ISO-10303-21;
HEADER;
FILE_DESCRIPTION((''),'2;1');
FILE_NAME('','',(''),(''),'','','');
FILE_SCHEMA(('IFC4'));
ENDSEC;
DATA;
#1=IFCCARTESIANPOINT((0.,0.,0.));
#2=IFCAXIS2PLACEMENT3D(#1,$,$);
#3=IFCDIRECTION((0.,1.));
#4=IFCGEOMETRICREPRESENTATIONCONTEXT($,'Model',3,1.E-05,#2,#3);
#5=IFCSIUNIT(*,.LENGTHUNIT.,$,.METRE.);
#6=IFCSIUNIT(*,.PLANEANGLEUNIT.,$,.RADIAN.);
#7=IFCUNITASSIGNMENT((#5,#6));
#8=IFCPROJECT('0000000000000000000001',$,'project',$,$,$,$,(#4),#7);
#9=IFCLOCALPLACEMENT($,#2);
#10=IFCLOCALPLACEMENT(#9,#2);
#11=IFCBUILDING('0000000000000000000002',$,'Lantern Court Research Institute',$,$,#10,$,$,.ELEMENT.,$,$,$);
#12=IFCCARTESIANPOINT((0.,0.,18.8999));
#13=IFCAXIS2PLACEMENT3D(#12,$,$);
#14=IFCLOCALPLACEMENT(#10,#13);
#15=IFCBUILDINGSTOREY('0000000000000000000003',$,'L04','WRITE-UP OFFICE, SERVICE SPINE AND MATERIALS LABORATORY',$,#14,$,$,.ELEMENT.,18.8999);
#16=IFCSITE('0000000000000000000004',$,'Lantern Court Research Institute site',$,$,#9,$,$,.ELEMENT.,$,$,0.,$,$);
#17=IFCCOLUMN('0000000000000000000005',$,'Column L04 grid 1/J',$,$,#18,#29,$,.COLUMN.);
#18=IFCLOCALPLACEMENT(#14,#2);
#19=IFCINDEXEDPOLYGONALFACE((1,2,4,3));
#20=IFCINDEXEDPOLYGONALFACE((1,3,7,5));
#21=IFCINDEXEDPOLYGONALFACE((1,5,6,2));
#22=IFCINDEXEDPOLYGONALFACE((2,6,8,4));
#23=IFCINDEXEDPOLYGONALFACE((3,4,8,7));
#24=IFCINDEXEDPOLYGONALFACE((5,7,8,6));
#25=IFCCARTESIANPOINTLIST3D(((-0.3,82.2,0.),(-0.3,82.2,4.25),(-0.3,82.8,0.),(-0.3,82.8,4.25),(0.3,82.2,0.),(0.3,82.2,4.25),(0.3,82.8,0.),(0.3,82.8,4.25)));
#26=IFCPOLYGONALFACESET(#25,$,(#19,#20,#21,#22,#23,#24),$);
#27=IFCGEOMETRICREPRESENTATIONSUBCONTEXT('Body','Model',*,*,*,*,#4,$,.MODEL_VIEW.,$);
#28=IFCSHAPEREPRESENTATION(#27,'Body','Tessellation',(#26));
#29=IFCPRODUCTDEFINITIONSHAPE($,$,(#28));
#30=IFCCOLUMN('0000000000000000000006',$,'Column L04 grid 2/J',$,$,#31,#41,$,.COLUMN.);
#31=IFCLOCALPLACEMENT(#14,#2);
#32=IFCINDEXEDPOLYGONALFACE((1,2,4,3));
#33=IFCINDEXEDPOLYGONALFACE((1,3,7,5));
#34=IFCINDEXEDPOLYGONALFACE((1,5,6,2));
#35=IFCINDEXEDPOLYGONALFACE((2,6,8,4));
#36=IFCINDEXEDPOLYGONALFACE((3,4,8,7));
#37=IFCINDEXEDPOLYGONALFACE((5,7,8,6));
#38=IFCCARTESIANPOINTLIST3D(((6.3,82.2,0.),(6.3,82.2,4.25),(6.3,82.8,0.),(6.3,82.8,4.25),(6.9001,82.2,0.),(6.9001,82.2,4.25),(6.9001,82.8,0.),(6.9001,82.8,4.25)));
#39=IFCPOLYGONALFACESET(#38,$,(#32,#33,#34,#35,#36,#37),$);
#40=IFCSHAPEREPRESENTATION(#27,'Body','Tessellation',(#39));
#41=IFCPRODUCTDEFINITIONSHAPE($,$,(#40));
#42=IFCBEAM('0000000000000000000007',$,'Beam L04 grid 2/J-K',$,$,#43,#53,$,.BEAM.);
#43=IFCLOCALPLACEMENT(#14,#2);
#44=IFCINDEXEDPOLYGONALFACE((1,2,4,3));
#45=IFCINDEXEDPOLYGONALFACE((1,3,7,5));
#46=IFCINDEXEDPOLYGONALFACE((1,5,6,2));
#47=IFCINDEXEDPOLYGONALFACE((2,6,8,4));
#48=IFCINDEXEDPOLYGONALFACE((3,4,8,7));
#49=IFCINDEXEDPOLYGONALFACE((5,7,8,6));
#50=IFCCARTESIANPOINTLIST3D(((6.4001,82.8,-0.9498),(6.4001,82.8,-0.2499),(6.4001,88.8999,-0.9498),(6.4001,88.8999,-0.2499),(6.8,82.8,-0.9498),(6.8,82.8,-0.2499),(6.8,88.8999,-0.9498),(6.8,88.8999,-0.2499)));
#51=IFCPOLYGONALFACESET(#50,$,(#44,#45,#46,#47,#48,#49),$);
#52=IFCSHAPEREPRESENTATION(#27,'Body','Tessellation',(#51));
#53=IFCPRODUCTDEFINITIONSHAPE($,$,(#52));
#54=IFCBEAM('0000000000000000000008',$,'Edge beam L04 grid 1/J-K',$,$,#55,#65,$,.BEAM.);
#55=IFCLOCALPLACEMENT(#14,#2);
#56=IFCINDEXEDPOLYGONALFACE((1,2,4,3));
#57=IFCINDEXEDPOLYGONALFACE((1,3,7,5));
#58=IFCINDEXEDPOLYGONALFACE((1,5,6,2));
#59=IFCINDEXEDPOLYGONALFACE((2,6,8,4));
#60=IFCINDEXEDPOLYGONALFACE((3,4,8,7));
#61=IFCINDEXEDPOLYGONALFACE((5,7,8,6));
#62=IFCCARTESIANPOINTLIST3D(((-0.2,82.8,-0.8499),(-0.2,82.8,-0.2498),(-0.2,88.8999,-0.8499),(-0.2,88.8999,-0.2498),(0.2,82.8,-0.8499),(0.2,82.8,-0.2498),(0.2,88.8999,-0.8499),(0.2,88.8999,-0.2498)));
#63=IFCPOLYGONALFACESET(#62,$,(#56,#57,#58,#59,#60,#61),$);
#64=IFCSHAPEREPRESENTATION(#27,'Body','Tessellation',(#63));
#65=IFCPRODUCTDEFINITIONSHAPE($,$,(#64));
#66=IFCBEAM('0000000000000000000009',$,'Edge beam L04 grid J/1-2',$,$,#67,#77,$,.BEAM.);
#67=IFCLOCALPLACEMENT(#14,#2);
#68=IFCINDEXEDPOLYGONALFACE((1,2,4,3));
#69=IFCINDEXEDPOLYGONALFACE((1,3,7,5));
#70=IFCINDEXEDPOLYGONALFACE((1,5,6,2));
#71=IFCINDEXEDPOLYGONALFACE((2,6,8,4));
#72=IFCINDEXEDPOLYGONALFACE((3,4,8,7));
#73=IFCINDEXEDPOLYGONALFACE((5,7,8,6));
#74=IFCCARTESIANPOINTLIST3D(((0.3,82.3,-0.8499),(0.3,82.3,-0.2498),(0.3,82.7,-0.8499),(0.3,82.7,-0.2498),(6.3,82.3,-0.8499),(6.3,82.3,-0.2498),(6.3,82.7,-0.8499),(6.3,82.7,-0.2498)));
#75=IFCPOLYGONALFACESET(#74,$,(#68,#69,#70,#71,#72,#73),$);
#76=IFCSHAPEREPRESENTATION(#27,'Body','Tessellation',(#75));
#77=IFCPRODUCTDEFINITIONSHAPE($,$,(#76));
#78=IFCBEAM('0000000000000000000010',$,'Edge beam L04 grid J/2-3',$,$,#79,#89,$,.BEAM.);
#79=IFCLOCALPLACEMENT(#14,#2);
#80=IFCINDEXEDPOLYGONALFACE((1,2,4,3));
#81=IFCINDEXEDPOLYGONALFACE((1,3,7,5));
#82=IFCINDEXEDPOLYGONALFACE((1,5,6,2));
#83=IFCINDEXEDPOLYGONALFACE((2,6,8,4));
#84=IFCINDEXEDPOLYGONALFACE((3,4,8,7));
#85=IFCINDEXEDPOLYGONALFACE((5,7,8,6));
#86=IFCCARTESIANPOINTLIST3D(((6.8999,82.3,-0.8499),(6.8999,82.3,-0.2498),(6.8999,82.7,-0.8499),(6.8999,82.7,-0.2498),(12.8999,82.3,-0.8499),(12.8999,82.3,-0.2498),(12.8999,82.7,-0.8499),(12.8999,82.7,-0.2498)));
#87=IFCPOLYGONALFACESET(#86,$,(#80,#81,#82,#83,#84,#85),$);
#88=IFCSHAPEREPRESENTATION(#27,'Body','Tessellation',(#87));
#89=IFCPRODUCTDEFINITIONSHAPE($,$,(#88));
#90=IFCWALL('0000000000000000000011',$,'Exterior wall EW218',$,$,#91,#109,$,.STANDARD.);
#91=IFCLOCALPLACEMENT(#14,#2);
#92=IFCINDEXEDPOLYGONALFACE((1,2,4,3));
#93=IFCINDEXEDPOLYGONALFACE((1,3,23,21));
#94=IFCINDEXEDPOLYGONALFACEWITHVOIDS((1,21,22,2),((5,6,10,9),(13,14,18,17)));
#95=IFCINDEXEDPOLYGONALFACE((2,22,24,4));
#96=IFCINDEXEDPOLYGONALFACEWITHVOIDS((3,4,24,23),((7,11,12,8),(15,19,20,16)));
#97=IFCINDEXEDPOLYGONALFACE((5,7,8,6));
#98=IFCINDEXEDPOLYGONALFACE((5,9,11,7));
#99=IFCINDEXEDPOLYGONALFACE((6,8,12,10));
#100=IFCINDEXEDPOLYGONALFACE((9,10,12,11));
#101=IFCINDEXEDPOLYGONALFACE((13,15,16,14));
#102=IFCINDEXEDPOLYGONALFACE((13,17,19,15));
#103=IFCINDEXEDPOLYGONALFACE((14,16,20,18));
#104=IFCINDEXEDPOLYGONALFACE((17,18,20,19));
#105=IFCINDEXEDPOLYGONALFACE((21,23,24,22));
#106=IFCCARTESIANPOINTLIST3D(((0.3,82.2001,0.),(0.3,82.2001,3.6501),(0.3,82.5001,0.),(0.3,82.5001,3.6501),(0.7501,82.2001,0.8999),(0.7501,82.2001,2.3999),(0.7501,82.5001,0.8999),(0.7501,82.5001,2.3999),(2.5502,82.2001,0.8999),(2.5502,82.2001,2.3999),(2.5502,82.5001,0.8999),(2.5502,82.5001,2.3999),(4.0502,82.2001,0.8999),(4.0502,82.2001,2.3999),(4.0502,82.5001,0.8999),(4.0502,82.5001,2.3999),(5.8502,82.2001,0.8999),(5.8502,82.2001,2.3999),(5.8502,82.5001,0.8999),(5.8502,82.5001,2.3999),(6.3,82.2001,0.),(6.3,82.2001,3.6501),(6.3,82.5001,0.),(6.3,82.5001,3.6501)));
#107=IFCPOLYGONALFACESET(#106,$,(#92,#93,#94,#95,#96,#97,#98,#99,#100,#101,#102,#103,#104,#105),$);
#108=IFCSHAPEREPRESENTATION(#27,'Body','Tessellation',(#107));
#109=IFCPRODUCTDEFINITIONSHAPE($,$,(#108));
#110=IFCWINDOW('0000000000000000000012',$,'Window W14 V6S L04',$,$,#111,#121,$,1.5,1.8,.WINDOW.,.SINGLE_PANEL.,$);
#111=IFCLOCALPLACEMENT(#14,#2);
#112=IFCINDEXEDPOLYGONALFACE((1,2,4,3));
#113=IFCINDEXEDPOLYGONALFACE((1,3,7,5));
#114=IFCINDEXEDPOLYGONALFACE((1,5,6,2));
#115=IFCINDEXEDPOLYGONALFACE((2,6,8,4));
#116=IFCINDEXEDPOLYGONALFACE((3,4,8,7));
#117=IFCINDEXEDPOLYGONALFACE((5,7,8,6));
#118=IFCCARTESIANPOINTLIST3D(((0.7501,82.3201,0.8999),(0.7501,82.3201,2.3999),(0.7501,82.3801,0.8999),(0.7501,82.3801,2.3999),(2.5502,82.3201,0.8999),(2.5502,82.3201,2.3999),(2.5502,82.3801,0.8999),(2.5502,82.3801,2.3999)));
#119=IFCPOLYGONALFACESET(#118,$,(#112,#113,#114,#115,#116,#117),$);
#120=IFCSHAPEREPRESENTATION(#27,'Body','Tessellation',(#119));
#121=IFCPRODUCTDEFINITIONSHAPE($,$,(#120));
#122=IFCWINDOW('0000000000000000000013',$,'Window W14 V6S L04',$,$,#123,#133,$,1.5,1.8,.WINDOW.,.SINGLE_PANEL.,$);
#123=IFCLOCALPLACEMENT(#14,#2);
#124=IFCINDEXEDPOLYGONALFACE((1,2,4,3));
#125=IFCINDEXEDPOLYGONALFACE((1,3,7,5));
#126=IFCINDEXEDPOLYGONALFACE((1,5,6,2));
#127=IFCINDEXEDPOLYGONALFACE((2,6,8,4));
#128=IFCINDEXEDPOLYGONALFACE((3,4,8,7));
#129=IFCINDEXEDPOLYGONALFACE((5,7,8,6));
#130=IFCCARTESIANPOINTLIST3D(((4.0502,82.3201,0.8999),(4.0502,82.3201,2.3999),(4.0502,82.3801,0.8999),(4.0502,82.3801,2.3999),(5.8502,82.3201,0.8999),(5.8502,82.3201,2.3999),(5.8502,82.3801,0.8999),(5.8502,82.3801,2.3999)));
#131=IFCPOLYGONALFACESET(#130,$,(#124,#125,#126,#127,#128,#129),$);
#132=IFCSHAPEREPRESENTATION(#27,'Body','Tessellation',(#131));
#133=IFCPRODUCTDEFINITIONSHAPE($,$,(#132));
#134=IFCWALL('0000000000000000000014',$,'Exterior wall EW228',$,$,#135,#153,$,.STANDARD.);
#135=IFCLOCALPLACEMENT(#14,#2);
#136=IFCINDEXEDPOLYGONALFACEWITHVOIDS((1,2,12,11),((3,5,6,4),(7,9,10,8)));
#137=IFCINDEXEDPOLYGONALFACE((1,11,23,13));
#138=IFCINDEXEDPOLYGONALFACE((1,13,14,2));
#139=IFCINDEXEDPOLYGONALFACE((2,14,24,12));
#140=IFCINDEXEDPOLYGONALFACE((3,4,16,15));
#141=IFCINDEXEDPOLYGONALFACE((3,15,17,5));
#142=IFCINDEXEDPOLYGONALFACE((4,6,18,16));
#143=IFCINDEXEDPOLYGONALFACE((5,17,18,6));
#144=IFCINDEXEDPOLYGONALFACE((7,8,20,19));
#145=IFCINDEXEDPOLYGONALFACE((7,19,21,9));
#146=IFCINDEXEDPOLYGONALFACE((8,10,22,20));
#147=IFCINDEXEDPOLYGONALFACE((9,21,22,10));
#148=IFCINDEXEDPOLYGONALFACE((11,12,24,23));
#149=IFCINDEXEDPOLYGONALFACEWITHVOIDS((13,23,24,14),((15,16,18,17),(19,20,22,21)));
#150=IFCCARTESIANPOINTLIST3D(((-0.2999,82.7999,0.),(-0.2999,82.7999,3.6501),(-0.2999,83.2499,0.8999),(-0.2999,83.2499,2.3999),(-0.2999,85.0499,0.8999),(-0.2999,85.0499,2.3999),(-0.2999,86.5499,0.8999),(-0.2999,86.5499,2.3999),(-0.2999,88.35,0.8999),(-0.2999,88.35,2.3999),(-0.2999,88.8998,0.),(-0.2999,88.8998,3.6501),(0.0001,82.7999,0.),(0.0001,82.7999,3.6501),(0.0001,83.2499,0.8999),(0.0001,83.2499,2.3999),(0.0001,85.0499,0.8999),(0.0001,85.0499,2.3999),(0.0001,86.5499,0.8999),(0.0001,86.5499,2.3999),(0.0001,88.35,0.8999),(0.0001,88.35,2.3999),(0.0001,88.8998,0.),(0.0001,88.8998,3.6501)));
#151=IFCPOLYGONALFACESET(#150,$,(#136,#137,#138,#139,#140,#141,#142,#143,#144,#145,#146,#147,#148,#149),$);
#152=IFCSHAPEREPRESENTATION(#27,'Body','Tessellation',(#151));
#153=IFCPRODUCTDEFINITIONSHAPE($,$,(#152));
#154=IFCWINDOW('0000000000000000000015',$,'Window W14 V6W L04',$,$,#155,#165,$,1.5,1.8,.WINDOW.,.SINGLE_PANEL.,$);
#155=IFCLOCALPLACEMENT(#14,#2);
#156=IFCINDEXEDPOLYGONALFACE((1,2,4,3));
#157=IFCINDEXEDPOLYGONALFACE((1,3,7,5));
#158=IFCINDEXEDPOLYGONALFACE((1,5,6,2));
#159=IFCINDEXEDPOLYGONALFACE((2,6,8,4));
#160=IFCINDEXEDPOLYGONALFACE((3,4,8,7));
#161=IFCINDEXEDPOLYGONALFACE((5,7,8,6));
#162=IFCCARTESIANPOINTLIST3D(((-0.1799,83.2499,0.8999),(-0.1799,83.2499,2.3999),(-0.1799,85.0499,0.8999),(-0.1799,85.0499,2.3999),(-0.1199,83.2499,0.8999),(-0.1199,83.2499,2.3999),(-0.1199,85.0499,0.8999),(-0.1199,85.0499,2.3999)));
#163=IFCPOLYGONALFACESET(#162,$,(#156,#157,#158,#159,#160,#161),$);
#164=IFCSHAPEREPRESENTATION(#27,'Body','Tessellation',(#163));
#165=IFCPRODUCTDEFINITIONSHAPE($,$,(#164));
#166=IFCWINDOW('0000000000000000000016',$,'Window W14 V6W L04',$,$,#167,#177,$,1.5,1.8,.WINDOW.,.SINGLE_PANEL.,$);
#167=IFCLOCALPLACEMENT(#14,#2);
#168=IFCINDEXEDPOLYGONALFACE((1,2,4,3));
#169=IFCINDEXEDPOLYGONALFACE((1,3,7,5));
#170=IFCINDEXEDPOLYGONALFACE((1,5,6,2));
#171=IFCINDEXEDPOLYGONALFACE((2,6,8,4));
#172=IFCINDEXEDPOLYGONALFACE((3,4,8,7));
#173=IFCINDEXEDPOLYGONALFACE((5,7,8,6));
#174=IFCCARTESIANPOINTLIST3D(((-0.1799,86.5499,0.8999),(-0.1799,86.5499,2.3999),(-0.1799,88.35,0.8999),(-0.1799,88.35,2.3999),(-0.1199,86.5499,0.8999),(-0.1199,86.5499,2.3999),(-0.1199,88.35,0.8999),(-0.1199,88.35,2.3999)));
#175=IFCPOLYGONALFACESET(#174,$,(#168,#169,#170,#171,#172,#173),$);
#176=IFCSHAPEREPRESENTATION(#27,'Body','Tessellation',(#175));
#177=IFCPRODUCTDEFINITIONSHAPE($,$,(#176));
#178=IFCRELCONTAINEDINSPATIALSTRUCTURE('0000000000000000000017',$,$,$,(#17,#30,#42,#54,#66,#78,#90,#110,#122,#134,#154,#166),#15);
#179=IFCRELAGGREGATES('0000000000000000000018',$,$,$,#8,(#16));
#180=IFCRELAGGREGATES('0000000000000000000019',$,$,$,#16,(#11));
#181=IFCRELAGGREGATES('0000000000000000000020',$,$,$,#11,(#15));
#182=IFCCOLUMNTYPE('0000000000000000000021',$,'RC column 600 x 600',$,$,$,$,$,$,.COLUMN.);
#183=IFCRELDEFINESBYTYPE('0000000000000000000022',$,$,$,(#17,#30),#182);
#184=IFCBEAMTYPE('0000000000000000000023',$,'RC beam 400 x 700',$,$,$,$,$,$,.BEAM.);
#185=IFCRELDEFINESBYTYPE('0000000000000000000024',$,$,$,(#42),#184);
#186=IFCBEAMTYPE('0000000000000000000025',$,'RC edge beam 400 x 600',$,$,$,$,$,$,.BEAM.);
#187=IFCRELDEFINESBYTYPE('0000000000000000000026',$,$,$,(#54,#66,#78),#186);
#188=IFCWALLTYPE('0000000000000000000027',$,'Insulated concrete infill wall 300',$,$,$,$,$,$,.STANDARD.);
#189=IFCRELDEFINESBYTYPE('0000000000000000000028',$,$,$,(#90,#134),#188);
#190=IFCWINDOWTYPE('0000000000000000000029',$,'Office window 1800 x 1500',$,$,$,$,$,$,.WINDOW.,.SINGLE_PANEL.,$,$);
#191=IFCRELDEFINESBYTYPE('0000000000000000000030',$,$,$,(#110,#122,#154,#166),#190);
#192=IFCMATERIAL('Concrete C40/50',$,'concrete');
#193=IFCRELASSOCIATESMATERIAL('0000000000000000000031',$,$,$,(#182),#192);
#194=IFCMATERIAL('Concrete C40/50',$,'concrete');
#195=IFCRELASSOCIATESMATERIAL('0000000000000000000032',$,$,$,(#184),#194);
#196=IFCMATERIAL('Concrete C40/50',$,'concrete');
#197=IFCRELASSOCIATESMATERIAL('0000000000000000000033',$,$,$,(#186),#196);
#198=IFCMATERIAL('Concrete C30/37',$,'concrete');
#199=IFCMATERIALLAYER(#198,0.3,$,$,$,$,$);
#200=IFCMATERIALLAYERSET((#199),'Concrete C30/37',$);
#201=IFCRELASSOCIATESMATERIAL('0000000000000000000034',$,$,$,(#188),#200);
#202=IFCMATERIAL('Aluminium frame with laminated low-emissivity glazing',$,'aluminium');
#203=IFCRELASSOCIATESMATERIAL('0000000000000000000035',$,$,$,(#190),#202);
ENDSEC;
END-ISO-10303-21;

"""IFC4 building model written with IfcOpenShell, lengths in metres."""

from ifc_helpers import new_model, si_unit, direction, frame, frame_2d, origin, origin_2d, place, context, subcontext, project, spatial, rectangle, extrude, material, layer, layer_set, material_profile, profile_set, type_object, element, fill, save


model = new_model("IFC4")

# Units and contexts
model_context = context("Model", 3, precision=1e-05, world=origin(), true_north=direction((0.0, 1.0)))
body_context = subcontext(model_context, "Body", "Model", "MODEL_VIEW")
ifc_project = project(units=[si_unit("LENGTHUNIT", "METRE"), si_unit("PLANEANGLEUNIT", "RADIAN")], contexts=[model_context])

# Site, building, storey
site_placement = place(None, origin())
site = spatial("IfcSite", under=ifc_project, at=site_placement, Name="Lantern Court Research Institute site", CompositionType="ELEMENT", RefElevation=0.0)
building_placement = place(site_placement, origin())
building = spatial("IfcBuilding", under=site, at=building_placement, Name="Lantern Court Research Institute", CompositionType="ELEMENT")
storey_placement = place(building_placement, frame((0.0, 0.0, 18.8999)))
storey = spatial("IfcBuildingStorey", under=building, at=storey_placement, Name="L04", Description="WRITE-UP OFFICE, SERVICE SPINE AND MATERIALS LABORATORY", CompositionType="ELEMENT", Elevation=18.8999)

# Columns
ifc_material_1 = material(Name="Concrete C40/50", Category="concrete")
ifc_material_profile_1 = material_profile(ifc_material_1, rectangle(XDim=0.6001, YDim=0.6001, at=origin_2d()), Name="RC column 600 x 600")
ifc_profile_set_1 = profile_set([ifc_material_profile_1], Name="Concrete C40/50")
column_type = type_object("IfcColumnType", Name="RC column 600 x 600", PredefinedType="COLUMN", material=ifc_profile_set_1)
for number, where, z_axis, x_axis, name in (
    (1, (0.0, 82.5, 0.0), (0.0, 0.0, 1.0), (1.0, 0.0, 0.0), "Column L04 grid 1/J"),
    (2, (6.6001, 82.5, 0.0), (0.0, 0.0, 1.0), (1.0, 0.0, 0.0), "Column L04 grid 2/J"),
):
    element("IfcColumn", number, at=place(storey_placement, frame(where, z_axis=z_axis, x_axis=x_axis)), inside=storey, type_object=column_type, Name=name, PredefinedType="COLUMN", context=body_context, shape_type="SweptSolid", body=[
        extrude(rectangle(XDim=0.6001, YDim=0.6001, at=origin_2d()), origin(), (0.0, 0.0, 1.0), 4.25),
    ])

# Beams
ifc_material_2 = material(Name="Concrete C40/50", Category="concrete")
ifc_material_profile_2 = material_profile(ifc_material_2, rectangle(XDim=0.3999, YDim=0.7, at=origin_2d()), Name="RC beam 400 x 700")
ifc_profile_set_2 = profile_set([ifc_material_profile_2], Name="Concrete C40/50")
beam_type_1 = type_object("IfcBeamType", Name="RC beam 400 x 700", PredefinedType="BEAM", material=ifc_profile_set_2)
beam_1_placement = place(storey_placement, frame((6.6001, 82.8, -0.5999), z_axis=(0.0, 1.0, 0.0), x_axis=(-1.0, 0.0, 0.0)))
element("IfcBeam", 3, at=beam_1_placement, inside=storey, type_object=beam_type_1, Name="Beam L04 grid 2/J-K", PredefinedType="BEAM", context=body_context, shape_type="SweptSolid", body=[
    extrude(rectangle(XDim=0.3999, YDim=0.7, at=origin_2d()), origin(), (0.0, 0.0, 1.0), 6.0999),
])
ifc_material_3 = material(Name="Concrete C40/50", Category="concrete")
ifc_material_profile_3 = material_profile(ifc_material_3, rectangle(XDim=0.3999, YDim=0.6001, at=origin_2d()), Name="RC beam 400 x 600")
ifc_profile_set_3 = profile_set([ifc_material_profile_3], Name="Concrete C40/50")
beam_type_2 = type_object("IfcBeamType", Name="RC edge beam 400 x 600", PredefinedType="BEAM", material=ifc_profile_set_3)
beam_2_placement = place(storey_placement, frame((0.0, 82.8, -0.5498), z_axis=(0.0, 1.0, 0.0), x_axis=(-1.0, 0.0, 0.0)))
element("IfcBeam", 4, at=beam_2_placement, inside=storey, type_object=beam_type_2, Name="Edge beam L04 grid 1/J-K", PredefinedType="BEAM", context=body_context, shape_type="SweptSolid", body=[
    extrude(rectangle(XDim=0.3999, YDim=0.6001, at=origin_2d()), origin(), (0.0, 0.0, 1.0), 6.0999),
])
for number, where, z_axis, x_axis, name in (
    (5, (0.3, 82.5, -0.5498), (1.0, 0.0, 0.0), (0.0, 1.0, 0.0), "Edge beam L04 grid J/1-2"),
    (6, (6.8999, 82.5, -0.5498), (1.0, 0.0, 0.0), (0.0, 1.0, 0.0), "Edge beam L04 grid J/2-3"),
):
    element("IfcBeam", number, at=place(storey_placement, frame(where, z_axis=z_axis, x_axis=x_axis)), inside=storey, type_object=beam_type_2, Name=name, PredefinedType="BEAM", context=body_context, shape_type="SweptSolid", body=[
        extrude(rectangle(XDim=0.3999, YDim=0.6001, at=origin_2d()), origin(), (0.0, 0.0, 1.0), 6.0),
    ])

# Walls, openings, windows
ifc_material_4 = material(Name="Concrete C30/37", Category="concrete")
ifc_layer_1 = layer(ifc_material_4, 0.3)
ifc_layer_set_1 = layer_set([ifc_layer_1], Name="Concrete C30/37")
wall_type_1 = type_object("IfcWallType", Name="Insulated concrete infill wall 300", PredefinedType="STANDARD", material=ifc_layer_set_1)
wall_1_placement = place(storey_placement, frame((6.3, 82.3501, 0.0), z_axis=(0.0, 0.0, 1.0), x_axis=(-1.0, 0.0, 0.0)))
wall_1 = element("IfcWall", 7, at=wall_1_placement, inside=storey, type_object=wall_type_1, Name="Exterior wall EW218", PredefinedType="STANDARD", context=body_context, shape_type="SweptSolid", body=[
    extrude(rectangle(XDim=6.0, YDim=0.3, at=frame_2d((3.0, 0.0))), origin(), (0.0, 0.0, 1.0), 3.6501),
])
opening_1_placement = place(wall_1_placement, frame((3.75, 0.0, 0.8999)))
opening_1 = element("IfcOpeningElement", 8, at=opening_1_placement, cuts=wall_1, PredefinedType="OPENING", context=body_context, shape_type="SweptSolid", body=[
    extrude(rectangle(XDim=1.8, YDim=1.5, at=frame_2d((0.8999, 0.75))), frame((0.0, 0.1599, 0.0), z_axis=(0.0, -1.0, 0.0), x_axis=(1.0, 0.0, 0.0)), (0.0, 0.0, 1.0), 0.3201),
])
opening_2_placement = place(wall_1_placement, frame((0.45, 0.0, 0.8999)))
opening_2 = element("IfcOpeningElement", 9, at=opening_2_placement, cuts=wall_1, PredefinedType="OPENING", context=body_context, shape_type="SweptSolid", body=[
    extrude(rectangle(XDim=1.8, YDim=1.5, at=frame_2d((0.8999, 0.75))), frame((0.0, 0.1599, 0.0), z_axis=(0.0, -1.0, 0.0), x_axis=(1.0, 0.0, 0.0)), (0.0, 0.0, 1.0), 0.3201),
])
ifc_material_5 = material(Name="Aluminium frame with laminated low-emissivity glazing", Category="aluminium")
window_type = type_object("IfcWindowType", Name="Office window 1800 x 1500", PartitioningType="SINGLE_PANEL", PredefinedType="WINDOW", material=ifc_material_5)
window_1_placement = place(opening_1_placement, origin())
window_1 = element("IfcWindow", 10, at=window_1_placement, inside=storey, type_object=window_type, Name="Window W14 V6S L04", OverallHeight=1.5, OverallWidth=1.8, PartitioningType="SINGLE_PANEL", PredefinedType="WINDOW", context=body_context, shape_type="SweptSolid", body=[
    extrude(rectangle(XDim=1.8, YDim=1.5, at=frame_2d((0.8999, 0.75))), frame((0.0, 0.03, 0.0), z_axis=(0.0, -1.0, 0.0), x_axis=(1.0, 0.0, 0.0)), (0.0, 0.0, 1.0), 0.0601),
])
fill(opening_1, window_1)
window_2_placement = place(opening_2_placement, origin())
window_2 = element("IfcWindow", 11, at=window_2_placement, inside=storey, type_object=window_type, Name="Window W14 V6S L04", OverallHeight=1.5, OverallWidth=1.8, PartitioningType="SINGLE_PANEL", PredefinedType="WINDOW", context=body_context, shape_type="SweptSolid", body=[
    extrude(rectangle(XDim=1.8, YDim=1.5, at=frame_2d((0.8999, 0.75))), frame((0.0, 0.03, 0.0), z_axis=(0.0, -1.0, 0.0), x_axis=(1.0, 0.0, 0.0)), (0.0, 0.0, 1.0), 0.0601),
])
fill(opening_2, window_2)
wall_2_placement = place(storey_placement, frame((-0.1499, 82.8, 0.0), z_axis=(0.0, 0.0, 1.0), x_axis=(0.0, 1.0, 0.0)))
wall_2 = element("IfcWall", 12, at=wall_2_placement, inside=storey, type_object=wall_type_1, Name="Exterior wall EW228", PredefinedType="STANDARD", context=body_context, shape_type="SweptSolid", body=[
    extrude(rectangle(XDim=6.0999, YDim=0.3, at=frame_2d((3.0498, 0.0))), origin(), (0.0, 0.0, 1.0), 3.6501),
])
opening_3_placement = place(wall_2_placement, frame((0.45, 0.0, 0.8999)))
opening_3 = element("IfcOpeningElement", 13, at=opening_3_placement, cuts=wall_2, PredefinedType="OPENING", context=body_context, shape_type="SweptSolid", body=[
    extrude(rectangle(XDim=1.8, YDim=1.5, at=frame_2d((0.8999, 0.75))), frame((0.0, 0.1599, 0.0), z_axis=(0.0, -1.0, 0.0), x_axis=(1.0, 0.0, 0.0)), (0.0, 0.0, 1.0), 0.3201),
])
opening_4_placement = place(wall_2_placement, frame((3.75, 0.0, 0.8999)))
opening_4 = element("IfcOpeningElement", 14, at=opening_4_placement, cuts=wall_2, PredefinedType="OPENING", context=body_context, shape_type="SweptSolid", body=[
    extrude(rectangle(XDim=1.8, YDim=1.5, at=frame_2d((0.8999, 0.75))), frame((0.0, 0.1599, 0.0), z_axis=(0.0, -1.0, 0.0), x_axis=(1.0, 0.0, 0.0)), (0.0, 0.0, 1.0), 0.3201),
])
window_3_placement = place(opening_3_placement, origin())
window_3 = element("IfcWindow", 15, at=window_3_placement, inside=storey, type_object=window_type, Name="Window W14 V6W L04", OverallHeight=1.5, OverallWidth=1.8, PartitioningType="SINGLE_PANEL", PredefinedType="WINDOW", context=body_context, shape_type="SweptSolid", body=[
    extrude(rectangle(XDim=1.8, YDim=1.5, at=frame_2d((0.8999, 0.75))), frame((0.0, 0.03, 0.0), z_axis=(0.0, -1.0, 0.0), x_axis=(1.0, 0.0, 0.0)), (0.0, 0.0, 1.0), 0.0601),
])
fill(opening_3, window_3)
window_4_placement = place(opening_4_placement, origin())
window_4 = element("IfcWindow", 16, at=window_4_placement, inside=storey, type_object=window_type, Name="Window W14 V6W L04", OverallHeight=1.5, OverallWidth=1.8, PartitioningType="SINGLE_PANEL", PredefinedType="WINDOW", context=body_context, shape_type="SweptSolid", body=[
    extrude(rectangle(XDim=1.8, YDim=1.5, at=frame_2d((0.8999, 0.75))), frame((0.0, 0.03, 0.0), z_axis=(0.0, -1.0, 0.0), x_axis=(1.0, 0.0, 0.0)), (0.0, 0.0, 1.0), 0.0601),
])
fill(opening_4, window_4)

save(model, "model.ifc")
